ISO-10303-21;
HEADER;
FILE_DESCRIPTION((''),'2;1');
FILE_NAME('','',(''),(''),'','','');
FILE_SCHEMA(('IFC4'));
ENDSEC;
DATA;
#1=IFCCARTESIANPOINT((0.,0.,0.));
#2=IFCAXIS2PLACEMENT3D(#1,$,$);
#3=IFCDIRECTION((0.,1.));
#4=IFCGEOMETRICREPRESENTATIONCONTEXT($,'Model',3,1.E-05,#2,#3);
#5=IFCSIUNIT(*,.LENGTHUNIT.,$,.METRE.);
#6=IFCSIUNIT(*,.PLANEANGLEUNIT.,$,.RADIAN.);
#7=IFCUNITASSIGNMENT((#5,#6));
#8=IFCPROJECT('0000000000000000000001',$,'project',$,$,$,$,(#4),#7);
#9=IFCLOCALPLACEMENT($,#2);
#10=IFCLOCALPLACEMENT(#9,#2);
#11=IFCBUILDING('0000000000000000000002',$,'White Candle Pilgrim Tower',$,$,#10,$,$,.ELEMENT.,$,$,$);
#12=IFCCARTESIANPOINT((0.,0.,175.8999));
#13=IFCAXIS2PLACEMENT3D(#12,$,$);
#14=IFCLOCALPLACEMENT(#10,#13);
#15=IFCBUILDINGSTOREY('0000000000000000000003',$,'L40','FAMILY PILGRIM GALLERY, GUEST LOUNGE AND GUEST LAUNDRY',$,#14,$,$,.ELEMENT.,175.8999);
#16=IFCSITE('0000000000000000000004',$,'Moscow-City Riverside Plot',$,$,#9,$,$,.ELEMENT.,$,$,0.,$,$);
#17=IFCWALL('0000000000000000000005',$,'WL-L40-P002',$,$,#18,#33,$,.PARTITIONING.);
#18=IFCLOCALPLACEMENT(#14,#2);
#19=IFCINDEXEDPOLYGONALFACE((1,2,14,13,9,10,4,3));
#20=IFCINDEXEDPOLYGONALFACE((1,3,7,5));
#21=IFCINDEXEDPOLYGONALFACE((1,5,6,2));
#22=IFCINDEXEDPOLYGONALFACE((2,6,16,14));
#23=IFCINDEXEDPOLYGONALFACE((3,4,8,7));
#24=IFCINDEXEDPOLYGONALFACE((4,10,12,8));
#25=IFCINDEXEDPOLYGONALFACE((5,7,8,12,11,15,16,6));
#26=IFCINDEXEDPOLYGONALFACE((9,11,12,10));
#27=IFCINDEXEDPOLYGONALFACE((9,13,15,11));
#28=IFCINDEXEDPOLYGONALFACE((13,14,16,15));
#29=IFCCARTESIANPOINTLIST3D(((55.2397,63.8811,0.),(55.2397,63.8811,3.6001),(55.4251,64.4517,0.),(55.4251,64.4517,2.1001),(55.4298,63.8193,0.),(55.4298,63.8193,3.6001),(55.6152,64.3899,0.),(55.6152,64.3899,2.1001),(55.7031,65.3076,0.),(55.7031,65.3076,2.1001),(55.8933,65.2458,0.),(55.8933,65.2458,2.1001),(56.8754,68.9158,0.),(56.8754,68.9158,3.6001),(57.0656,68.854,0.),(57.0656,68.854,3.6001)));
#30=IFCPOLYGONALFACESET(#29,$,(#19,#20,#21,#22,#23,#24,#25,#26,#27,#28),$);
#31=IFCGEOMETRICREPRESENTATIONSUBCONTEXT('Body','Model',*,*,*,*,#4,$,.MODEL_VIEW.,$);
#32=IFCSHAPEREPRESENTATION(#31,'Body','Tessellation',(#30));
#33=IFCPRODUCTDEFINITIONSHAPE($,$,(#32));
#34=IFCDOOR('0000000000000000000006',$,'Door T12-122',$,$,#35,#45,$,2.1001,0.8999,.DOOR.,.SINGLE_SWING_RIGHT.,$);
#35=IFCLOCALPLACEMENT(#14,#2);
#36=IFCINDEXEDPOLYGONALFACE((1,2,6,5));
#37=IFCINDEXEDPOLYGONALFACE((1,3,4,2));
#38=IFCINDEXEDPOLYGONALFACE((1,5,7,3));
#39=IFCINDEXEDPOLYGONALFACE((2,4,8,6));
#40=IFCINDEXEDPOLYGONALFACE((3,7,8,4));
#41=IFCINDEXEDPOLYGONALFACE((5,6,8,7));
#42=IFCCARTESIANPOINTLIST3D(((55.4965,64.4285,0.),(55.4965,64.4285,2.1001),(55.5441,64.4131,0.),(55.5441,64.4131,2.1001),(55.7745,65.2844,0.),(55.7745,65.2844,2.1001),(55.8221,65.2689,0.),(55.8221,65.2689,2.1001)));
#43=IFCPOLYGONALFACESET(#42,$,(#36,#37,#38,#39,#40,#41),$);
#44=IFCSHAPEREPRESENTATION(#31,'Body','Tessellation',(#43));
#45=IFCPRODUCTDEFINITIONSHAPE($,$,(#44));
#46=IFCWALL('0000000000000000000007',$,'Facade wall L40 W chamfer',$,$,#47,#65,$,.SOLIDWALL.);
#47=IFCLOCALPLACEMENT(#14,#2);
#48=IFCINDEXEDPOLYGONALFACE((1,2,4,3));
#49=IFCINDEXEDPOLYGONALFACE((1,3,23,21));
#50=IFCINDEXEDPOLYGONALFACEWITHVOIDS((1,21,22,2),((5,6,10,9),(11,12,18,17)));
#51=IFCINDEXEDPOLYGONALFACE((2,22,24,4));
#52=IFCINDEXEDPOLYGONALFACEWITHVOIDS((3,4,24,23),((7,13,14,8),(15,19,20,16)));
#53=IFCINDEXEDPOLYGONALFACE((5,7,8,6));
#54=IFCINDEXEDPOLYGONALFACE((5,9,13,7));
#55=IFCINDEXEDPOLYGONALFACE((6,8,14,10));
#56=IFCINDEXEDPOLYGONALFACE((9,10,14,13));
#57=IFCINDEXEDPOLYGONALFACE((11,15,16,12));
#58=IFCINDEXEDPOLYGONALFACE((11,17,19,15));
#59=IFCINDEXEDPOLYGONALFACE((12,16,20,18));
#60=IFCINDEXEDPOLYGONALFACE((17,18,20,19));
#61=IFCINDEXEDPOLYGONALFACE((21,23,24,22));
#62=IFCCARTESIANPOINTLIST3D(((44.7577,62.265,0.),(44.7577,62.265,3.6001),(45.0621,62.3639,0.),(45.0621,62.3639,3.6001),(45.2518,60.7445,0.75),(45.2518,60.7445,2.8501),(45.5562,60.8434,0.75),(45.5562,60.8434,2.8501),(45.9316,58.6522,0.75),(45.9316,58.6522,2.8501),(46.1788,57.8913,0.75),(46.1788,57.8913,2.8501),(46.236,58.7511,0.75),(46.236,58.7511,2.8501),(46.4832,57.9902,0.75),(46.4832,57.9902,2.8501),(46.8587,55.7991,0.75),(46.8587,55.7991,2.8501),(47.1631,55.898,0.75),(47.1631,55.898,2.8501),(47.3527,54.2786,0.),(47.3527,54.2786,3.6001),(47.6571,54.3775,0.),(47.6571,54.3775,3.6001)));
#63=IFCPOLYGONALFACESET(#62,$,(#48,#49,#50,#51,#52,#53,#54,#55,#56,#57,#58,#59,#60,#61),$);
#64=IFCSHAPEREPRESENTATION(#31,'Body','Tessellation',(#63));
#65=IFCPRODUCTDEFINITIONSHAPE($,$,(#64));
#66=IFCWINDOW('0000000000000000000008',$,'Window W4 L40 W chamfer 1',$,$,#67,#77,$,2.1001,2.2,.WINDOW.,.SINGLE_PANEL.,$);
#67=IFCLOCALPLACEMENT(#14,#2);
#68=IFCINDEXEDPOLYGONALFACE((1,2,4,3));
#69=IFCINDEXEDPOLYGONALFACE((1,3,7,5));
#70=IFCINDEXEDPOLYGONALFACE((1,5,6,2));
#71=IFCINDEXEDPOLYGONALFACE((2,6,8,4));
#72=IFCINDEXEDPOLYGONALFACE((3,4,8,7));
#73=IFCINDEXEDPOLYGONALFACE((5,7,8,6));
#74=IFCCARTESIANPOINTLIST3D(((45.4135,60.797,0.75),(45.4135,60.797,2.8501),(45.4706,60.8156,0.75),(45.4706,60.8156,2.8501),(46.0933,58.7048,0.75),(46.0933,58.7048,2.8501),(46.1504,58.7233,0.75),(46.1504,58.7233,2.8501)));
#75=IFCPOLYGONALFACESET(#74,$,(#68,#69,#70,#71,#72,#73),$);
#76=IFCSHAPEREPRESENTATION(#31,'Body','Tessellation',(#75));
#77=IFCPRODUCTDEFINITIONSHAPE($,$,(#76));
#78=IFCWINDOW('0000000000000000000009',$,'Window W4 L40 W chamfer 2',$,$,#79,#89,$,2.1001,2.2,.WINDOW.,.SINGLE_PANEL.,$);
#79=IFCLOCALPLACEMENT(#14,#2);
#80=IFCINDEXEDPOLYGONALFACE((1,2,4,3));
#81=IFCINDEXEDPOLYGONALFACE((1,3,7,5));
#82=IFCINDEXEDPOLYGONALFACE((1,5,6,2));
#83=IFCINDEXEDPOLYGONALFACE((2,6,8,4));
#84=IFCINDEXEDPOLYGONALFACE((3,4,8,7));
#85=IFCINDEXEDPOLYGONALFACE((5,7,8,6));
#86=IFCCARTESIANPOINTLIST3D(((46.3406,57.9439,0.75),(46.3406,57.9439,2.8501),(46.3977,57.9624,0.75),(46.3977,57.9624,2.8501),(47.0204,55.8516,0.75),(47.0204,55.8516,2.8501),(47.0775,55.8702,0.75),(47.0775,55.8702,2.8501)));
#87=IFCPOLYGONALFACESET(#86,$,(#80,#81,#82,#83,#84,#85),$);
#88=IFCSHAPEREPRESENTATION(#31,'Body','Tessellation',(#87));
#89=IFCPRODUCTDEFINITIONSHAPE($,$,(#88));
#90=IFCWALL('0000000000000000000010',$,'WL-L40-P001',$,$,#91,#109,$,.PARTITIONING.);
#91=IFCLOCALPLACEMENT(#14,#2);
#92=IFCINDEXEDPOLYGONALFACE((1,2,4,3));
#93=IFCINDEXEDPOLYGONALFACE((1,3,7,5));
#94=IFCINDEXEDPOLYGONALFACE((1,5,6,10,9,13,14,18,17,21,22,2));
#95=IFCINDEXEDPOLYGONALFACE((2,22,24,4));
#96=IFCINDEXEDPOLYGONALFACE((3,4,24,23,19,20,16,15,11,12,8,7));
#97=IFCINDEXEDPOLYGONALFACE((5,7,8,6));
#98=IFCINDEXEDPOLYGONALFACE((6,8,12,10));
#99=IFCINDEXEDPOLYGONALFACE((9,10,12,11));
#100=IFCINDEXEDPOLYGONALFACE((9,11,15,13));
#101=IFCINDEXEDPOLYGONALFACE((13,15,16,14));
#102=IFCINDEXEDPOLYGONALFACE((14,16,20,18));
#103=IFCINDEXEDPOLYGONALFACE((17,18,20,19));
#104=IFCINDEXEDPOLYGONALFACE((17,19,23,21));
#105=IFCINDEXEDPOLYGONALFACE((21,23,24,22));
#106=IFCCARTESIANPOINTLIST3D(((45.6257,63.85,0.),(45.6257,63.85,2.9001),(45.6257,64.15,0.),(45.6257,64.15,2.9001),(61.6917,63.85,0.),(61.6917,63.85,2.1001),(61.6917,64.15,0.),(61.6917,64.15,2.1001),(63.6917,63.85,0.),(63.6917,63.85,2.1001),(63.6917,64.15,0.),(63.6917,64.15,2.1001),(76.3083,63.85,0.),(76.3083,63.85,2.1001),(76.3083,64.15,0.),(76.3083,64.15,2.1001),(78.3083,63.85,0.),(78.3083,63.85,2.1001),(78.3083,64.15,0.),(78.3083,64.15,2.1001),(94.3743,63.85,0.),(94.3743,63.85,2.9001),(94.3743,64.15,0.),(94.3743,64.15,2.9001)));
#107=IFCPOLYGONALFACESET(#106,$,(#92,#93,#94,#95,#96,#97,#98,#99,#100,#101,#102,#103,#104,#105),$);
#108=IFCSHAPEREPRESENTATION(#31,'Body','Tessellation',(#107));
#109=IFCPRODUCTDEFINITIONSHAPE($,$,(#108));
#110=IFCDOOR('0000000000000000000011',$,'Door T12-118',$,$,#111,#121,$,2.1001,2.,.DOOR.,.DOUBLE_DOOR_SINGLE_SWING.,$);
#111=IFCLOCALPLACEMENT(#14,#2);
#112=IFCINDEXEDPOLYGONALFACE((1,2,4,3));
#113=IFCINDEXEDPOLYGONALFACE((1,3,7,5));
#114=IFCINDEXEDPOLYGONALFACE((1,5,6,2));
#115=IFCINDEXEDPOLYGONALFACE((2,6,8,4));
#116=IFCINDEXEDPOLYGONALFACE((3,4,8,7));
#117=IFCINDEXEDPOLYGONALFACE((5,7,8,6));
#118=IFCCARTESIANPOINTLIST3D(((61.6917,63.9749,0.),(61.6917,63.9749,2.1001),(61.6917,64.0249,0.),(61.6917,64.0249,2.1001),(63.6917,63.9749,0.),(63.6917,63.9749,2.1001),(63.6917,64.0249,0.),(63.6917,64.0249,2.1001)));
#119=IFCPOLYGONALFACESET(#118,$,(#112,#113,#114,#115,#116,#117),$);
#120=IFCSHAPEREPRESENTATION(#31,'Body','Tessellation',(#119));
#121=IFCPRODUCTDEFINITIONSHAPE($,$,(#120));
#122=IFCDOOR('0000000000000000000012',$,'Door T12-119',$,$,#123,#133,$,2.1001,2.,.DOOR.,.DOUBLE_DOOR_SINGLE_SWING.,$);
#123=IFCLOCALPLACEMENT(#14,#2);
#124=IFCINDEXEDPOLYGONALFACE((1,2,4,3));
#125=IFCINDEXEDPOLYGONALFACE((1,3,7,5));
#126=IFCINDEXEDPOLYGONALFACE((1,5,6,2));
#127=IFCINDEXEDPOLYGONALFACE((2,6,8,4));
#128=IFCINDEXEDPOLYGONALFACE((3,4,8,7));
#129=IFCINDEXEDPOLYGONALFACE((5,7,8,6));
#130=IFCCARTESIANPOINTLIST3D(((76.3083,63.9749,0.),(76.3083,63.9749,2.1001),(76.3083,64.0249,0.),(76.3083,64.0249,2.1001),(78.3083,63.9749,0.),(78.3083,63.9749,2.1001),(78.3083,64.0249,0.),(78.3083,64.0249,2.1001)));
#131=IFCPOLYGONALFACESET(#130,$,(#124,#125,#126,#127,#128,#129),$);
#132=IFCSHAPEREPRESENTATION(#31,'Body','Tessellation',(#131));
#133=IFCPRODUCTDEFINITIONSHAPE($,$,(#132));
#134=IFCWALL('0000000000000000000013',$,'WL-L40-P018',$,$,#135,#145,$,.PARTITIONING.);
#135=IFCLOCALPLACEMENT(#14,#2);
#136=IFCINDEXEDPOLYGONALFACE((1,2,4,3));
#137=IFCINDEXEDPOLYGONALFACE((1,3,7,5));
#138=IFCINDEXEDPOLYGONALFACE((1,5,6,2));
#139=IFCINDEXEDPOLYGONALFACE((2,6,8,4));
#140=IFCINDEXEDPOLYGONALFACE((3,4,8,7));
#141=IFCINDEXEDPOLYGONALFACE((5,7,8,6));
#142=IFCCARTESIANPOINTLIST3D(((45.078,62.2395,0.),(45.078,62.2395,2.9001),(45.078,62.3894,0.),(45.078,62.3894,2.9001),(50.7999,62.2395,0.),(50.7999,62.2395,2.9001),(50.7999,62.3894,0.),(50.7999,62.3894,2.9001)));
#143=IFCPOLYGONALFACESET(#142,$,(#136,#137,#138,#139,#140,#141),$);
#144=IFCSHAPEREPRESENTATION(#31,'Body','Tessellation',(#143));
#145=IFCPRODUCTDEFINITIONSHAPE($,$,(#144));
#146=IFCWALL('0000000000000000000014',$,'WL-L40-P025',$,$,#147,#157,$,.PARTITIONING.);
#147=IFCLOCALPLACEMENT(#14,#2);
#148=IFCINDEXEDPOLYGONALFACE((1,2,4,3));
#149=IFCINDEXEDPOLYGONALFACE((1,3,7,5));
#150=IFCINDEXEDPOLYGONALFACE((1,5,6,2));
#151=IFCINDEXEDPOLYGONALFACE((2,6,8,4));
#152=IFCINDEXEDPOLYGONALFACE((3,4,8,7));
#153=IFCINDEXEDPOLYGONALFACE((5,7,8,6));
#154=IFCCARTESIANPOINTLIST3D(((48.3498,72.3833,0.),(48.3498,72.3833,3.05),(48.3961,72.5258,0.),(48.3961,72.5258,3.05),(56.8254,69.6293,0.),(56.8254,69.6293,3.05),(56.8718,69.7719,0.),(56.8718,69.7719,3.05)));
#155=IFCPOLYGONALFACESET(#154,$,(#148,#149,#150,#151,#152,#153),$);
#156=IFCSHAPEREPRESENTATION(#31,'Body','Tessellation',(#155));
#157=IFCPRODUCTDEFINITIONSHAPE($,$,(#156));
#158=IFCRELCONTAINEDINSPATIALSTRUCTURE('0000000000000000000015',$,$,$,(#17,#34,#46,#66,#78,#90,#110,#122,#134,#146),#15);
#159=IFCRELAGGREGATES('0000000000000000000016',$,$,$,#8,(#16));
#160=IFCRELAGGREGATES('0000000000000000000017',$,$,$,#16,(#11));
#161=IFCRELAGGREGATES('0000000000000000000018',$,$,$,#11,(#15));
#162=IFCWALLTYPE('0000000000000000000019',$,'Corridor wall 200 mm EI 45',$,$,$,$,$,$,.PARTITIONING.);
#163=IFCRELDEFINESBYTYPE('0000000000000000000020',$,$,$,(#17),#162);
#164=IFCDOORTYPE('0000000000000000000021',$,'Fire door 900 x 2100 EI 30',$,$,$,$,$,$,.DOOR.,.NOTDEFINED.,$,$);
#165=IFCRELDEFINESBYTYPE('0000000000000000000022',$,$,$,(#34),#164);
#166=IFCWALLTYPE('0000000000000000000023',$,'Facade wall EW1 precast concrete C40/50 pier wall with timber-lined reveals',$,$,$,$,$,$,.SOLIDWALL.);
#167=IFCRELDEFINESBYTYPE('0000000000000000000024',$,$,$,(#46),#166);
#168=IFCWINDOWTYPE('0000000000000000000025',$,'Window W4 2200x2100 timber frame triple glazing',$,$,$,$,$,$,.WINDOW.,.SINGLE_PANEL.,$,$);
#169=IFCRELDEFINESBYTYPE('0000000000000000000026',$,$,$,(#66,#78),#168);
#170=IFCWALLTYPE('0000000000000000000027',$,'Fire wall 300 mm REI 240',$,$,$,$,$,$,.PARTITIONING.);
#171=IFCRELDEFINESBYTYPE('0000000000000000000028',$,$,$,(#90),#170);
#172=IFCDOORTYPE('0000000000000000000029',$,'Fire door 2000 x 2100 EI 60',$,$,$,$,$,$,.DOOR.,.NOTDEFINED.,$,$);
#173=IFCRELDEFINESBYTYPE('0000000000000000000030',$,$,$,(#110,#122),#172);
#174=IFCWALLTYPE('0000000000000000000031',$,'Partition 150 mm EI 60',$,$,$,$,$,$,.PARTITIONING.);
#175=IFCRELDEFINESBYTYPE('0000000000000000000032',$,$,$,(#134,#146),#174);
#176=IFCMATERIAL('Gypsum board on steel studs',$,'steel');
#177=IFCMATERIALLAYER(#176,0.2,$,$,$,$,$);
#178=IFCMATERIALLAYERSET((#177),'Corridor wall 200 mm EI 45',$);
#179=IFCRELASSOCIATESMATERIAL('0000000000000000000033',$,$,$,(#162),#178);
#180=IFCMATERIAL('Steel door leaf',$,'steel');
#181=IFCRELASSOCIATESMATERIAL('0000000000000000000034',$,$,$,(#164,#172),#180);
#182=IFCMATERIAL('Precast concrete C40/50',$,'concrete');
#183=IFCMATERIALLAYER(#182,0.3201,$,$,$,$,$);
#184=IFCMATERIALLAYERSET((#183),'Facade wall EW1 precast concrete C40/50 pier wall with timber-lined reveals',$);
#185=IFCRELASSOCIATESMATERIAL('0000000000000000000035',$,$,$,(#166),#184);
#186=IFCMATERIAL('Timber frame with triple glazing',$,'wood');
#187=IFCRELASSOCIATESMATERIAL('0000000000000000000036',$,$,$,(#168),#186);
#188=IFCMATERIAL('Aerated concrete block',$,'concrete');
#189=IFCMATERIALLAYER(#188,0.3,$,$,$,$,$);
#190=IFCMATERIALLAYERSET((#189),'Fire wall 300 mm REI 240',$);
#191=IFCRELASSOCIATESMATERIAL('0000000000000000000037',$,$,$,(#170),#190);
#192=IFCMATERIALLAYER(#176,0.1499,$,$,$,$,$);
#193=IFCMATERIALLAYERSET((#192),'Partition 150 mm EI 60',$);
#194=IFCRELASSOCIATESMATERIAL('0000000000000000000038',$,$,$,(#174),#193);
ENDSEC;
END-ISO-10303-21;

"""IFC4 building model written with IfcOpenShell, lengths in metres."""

from ifc_helpers import new_model, si_unit, direction, frame, frame_2d, origin, place, context, subcontext, project, spatial, rectangle, extrude, material, layer, layer_set, type_object, element, fill, save


model = new_model("IFC4")

# Units and contexts
model_context = context("Model", 3, precision=1e-05, world=origin(), true_north=direction((0.0, 1.0)))
body_context = subcontext(model_context, "Body", "Model", "MODEL_VIEW")
ifc_project = project(units=[si_unit("LENGTHUNIT", "METRE"), si_unit("PLANEANGLEUNIT", "RADIAN")], contexts=[model_context])

# Site, building, storey
site_placement = place(None, origin())
site = spatial("IfcSite", under=ifc_project, at=site_placement, Name="Moscow-City Riverside Plot", CompositionType="ELEMENT", RefElevation=0.0)
building_placement = place(site_placement, origin())
building = spatial("IfcBuilding", under=site, at=building_placement, Name="White Candle Pilgrim Tower", CompositionType="ELEMENT")
storey_placement = place(building_placement, frame((0.0, 0.0, 175.8999)))
storey = spatial("IfcBuildingStorey", under=building, at=storey_placement, Name="L40", Description="FAMILY PILGRIM GALLERY, GUEST LOUNGE AND GUEST LAUNDRY", CompositionType="ELEMENT", Elevation=175.8999)

# Wall, opening, door
ifc_material_1 = material(Name="Gypsum board on steel studs", Category="steel")
ifc_layer_1 = layer(ifc_material_1, 0.2)
ifc_layer_set_1 = layer_set([ifc_layer_1], Name="Corridor wall 200 mm EI 45")
wall_type_1 = type_object("IfcWallType", Name="Corridor wall 200 mm EI 45", PredefinedType="PARTITIONING", material=ifc_layer_set_1)
wall_1_placement = place(storey_placement, frame((55.3347, 63.8501, 0.0), z_axis=(0.0, 0.0, 1.0), x_axis=(0.308996, 0.951063, 0.0)))
wall_1 = element("IfcWall", 1, at=wall_1_placement, inside=storey, type_object=wall_type_1, Name="WL-L40-P002", PredefinedType="PARTITIONING", context=body_context, shape_type="SweptSolid", body=[
    extrude(rectangle(XDim=5.2937, YDim=0.2, at=frame_2d((2.647, 0.0))), origin(), (0.0, 0.0, 1.0), 3.6001),
])
opening_1_placement = place(wall_1_placement, frame((0.6001, 0.0, 0.0)))
opening_1 = element("IfcOpeningElement", 2, at=opening_1_placement, cuts=wall_1, PredefinedType="OPENING", context=body_context, shape_type="SweptSolid", body=[
    extrude(rectangle(XDim=0.8999, YDim=2.1001, at=frame_2d((0.45, 1.05))), frame((0.0, 0.1099, 0.0), z_axis=(0.0, -1.0, 0.0), x_axis=(1.0, 0.0, 0.0)), (0.0, 0.0, 1.0), 0.22),
])
ifc_material_2 = material(Name="Steel door leaf", Category="steel")
door_type_1 = type_object("IfcDoorType", Name="Fire door 900 x 2100 EI 30", OperationType="NOTDEFINED", PredefinedType="DOOR", material=ifc_material_2)
door_1_placement = place(opening_1_placement, origin())
door_1 = element("IfcDoor", 3, at=door_1_placement, inside=storey, type_object=door_type_1, Name="Door T12-122", OperationType="SINGLE_SWING_RIGHT", OverallHeight=2.1001, OverallWidth=0.8999, PredefinedType="DOOR", context=body_context, shape_type="SweptSolid", body=[
    extrude(rectangle(XDim=0.8999, YDim=2.1001, at=frame_2d((0.45, 1.05))), frame((0.0, 0.0249, 0.0), z_axis=(0.0, -1.0, 0.0), x_axis=(1.0, 0.0, 0.0)), (0.0, 0.0, 1.0), 0.05),
])
fill(opening_1, door_1)

# Wall, openings, windows
ifc_material_3 = material(Name="Precast concrete C40/50", Category="concrete")
ifc_layer_2 = layer(ifc_material_3, 0.3201)
ifc_layer_set_2 = layer_set([ifc_layer_2], Name="Facade wall EW1 precast concrete C40/50 pier wall with timber-lined reveals")
wall_type_2 = type_object("IfcWallType", Name="Facade wall EW1 precast concrete C40/50 pier wall with timber-lined reveals", PredefinedType="SOLIDWALL", material=ifc_layer_set_2)
wall_2_placement = place(storey_placement, frame((44.9099, 62.3145, 0.0), z_axis=(0.0, 0.0, 1.0), x_axis=(0.309023, -0.951055, 0.0)))
wall_2 = element("IfcWall", 4, at=wall_2_placement, inside=storey, type_object=wall_type_2, Name="Facade wall L40 W chamfer", PredefinedType="SOLIDWALL", context=body_context, shape_type="SweptSolid", body=[
    extrude(rectangle(XDim=8.3975, YDim=0.3201, at=frame_2d((4.1987, 0.0))), origin(), (0.0, 0.0, 1.0), 3.6001),
])
opening_2_placement = place(wall_2_placement, frame((1.5986, 0.0, 0.75)))
opening_2 = element("IfcOpeningElement", 5, at=opening_2_placement, cuts=wall_2, PredefinedType="OPENING", context=body_context, shape_type="SweptSolid", body=[
    extrude(rectangle(XDim=2.2, YDim=2.1001, at=frame_2d((1.1001, 1.05))), frame((0.0, 0.1699, 0.0), z_axis=(0.0, -1.0, 0.0), x_axis=(1.0, 0.0, 0.0)), (0.0, 0.0, 1.0), 0.3401),
])
opening_3_placement = place(wall_2_placement, frame((4.5986, 0.0, 0.75)))
opening_3 = element("IfcOpeningElement", 6, at=opening_3_placement, cuts=wall_2, PredefinedType="OPENING", context=body_context, shape_type="SweptSolid", body=[
    extrude(rectangle(XDim=2.2, YDim=2.1001, at=frame_2d((1.1001, 1.05))), frame((0.0, 0.1699, 0.0), z_axis=(0.0, -1.0, 0.0), x_axis=(1.0, 0.0, 0.0)), (0.0, 0.0, 1.0), 0.3401),
])
ifc_material_4 = material(Name="Timber frame with triple glazing", Category="wood")
window_type = type_object("IfcWindowType", Name="Window W4 2200x2100 timber frame triple glazing", PartitioningType="SINGLE_PANEL", PredefinedType="WINDOW", material=ifc_material_4)
window_1_placement = place(opening_2_placement, origin())
window_1 = element("IfcWindow", 7, at=window_1_placement, inside=storey, type_object=window_type, Name="Window W4 L40 W chamfer 1", OverallHeight=2.1001, OverallWidth=2.2, PartitioningType="SINGLE_PANEL", PredefinedType="WINDOW", context=body_context, shape_type="SweptSolid", body=[
    extrude(rectangle(XDim=2.2, YDim=2.1001, at=frame_2d((1.1001, 1.05))), frame((0.0, 0.0701, 0.0), z_axis=(0.0, -1.0, 0.0), x_axis=(1.0, 0.0, 0.0)), (0.0, 0.0, 1.0), 0.0601),
])
fill(opening_2, window_1)
window_2_placement = place(opening_3_placement, origin())
window_2 = element("IfcWindow", 8, at=window_2_placement, inside=storey, type_object=window_type, Name="Window W4 L40 W chamfer 2", OverallHeight=2.1001, OverallWidth=2.2, PartitioningType="SINGLE_PANEL", PredefinedType="WINDOW", context=body_context, shape_type="SweptSolid", body=[
    extrude(rectangle(XDim=2.2, YDim=2.1001, at=frame_2d((1.1001, 1.05))), frame((0.0, 0.0701, 0.0), z_axis=(0.0, -1.0, 0.0), x_axis=(1.0, 0.0, 0.0)), (0.0, 0.0, 1.0), 0.0601),
])
fill(opening_3, window_2)

# Wall, openings, doors
ifc_material_5 = material(Name="Aerated concrete block", Category="concrete")
ifc_layer_3 = layer(ifc_material_5, 0.3)
ifc_layer_set_3 = layer_set([ifc_layer_3], Name="Fire wall 300 mm REI 240")
wall_type_3 = type_object("IfcWallType", Name="Fire wall 300 mm REI 240", PredefinedType="PARTITIONING", material=ifc_layer_set_3)
wall_3_placement = place(storey_placement, frame((45.6257, 64.0, 0.0), z_axis=(0.0, 0.0, 1.0), x_axis=(1.0, 0.0, 0.0)))
wall_3 = element("IfcWall", 9, at=wall_3_placement, inside=storey, type_object=wall_type_3, Name="WL-L40-P001", PredefinedType="PARTITIONING", context=body_context, shape_type="SweptSolid", body=[
    extrude(rectangle(XDim=48.7485, YDim=0.3, at=frame_2d((24.3743, 0.0))), origin(), (0.0, 0.0, 1.0), 2.9001),
])
opening_4_placement = place(wall_3_placement, frame((16.0659, 0.0, 0.0)))
opening_4 = element("IfcOpeningElement", 10, at=opening_4_placement, cuts=wall_3, PredefinedType="OPENING", context=body_context, shape_type="SweptSolid", body=[
    extrude(rectangle(XDim=2.0, YDim=2.1001, at=frame_2d((1.0, 1.05))), frame((0.0, 0.1599, 0.0), z_axis=(0.0, -1.0, 0.0), x_axis=(1.0, 0.0, 0.0)), (0.0, 0.0, 1.0), 0.3201),
])
opening_5_placement = place(wall_3_placement, frame((30.6826, 0.0, 0.0)))
opening_5 = element("IfcOpeningElement", 11, at=opening_5_placement, cuts=wall_3, PredefinedType="OPENING", context=body_context, shape_type="SweptSolid", body=[
    extrude(rectangle(XDim=2.0, YDim=2.1001, at=frame_2d((1.0, 1.05))), frame((0.0, 0.1599, 0.0), z_axis=(0.0, -1.0, 0.0), x_axis=(1.0, 0.0, 0.0)), (0.0, 0.0, 1.0), 0.3201),
])
door_type_2 = type_object("IfcDoorType", Name="Fire door 2000 x 2100 EI 60", OperationType="NOTDEFINED", PredefinedType="DOOR", material=ifc_material_2)
door_2_placement = place(opening_4_placement, origin())
door_2 = element("IfcDoor", 12, at=door_2_placement, inside=storey, type_object=door_type_2, Name="Door T12-118", OperationType="DOUBLE_DOOR_SINGLE_SWING", OverallHeight=2.1001, OverallWidth=2.0, PredefinedType="DOOR", context=body_context, shape_type="SweptSolid", body=[
    extrude(rectangle(XDim=2.0, YDim=2.1001, at=frame_2d((1.0, 1.05))), frame((0.0, 0.0249, 0.0), z_axis=(0.0, -1.0, 0.0), x_axis=(1.0, 0.0, 0.0)), (0.0, 0.0, 1.0), 0.05),
])
fill(opening_4, door_2)
door_3_placement = place(opening_5_placement, origin())
door_3 = element("IfcDoor", 13, at=door_3_placement, inside=storey, type_object=door_type_2, Name="Door T12-119", OperationType="DOUBLE_DOOR_SINGLE_SWING", OverallHeight=2.1001, OverallWidth=2.0, PredefinedType="DOOR", context=body_context, shape_type="SweptSolid", body=[
    extrude(rectangle(XDim=2.0, YDim=2.1001, at=frame_2d((1.0, 1.05))), frame((0.0, 0.0249, 0.0), z_axis=(0.0, -1.0, 0.0), x_axis=(1.0, 0.0, 0.0)), (0.0, 0.0, 1.0), 0.05),
])
fill(opening_5, door_3)

# Walls
ifc_layer_4 = layer(ifc_material_1, 0.1499)
ifc_layer_set_4 = layer_set([ifc_layer_4], Name="Partition 150 mm EI 60")
wall_type_4 = type_object("IfcWallType", Name="Partition 150 mm EI 60", PredefinedType="PARTITIONING", material=ifc_layer_set_4)
wall_4_placement = place(storey_placement, frame((45.0781, 62.3145, 0.0), z_axis=(0.0, 0.0, 1.0), x_axis=(1.0, 0.0, 0.0)))
element("IfcWall", 14, at=wall_4_placement, inside=storey, type_object=wall_type_4, Name="WL-L40-P018", PredefinedType="PARTITIONING", context=body_context, shape_type="SweptSolid", body=[
    extrude(rectangle(XDim=5.7219, YDim=0.1499, at=frame_2d((2.8608, 0.0))), origin(), (0.0, 0.0, 1.0), 2.9001),
])
wall_5_placement = place(storey_placement, frame((48.3728, 72.4546, 0.0), z_axis=(0.0, 0.0, 1.0), x_axis=(0.951056, -0.309019, 0.0)))
element("IfcWall", 15, at=wall_5_placement, inside=storey, type_object=wall_type_4, Name="WL-L40-P025", PredefinedType="PARTITIONING", context=body_context, shape_type="SweptSolid", body=[
    extrude(rectangle(XDim=8.9119, YDim=0.1499, at=frame_2d((4.4561, 0.0))), origin(), (0.0, 0.0, 1.0), 3.05),
])

save(model, "model.ifc")
